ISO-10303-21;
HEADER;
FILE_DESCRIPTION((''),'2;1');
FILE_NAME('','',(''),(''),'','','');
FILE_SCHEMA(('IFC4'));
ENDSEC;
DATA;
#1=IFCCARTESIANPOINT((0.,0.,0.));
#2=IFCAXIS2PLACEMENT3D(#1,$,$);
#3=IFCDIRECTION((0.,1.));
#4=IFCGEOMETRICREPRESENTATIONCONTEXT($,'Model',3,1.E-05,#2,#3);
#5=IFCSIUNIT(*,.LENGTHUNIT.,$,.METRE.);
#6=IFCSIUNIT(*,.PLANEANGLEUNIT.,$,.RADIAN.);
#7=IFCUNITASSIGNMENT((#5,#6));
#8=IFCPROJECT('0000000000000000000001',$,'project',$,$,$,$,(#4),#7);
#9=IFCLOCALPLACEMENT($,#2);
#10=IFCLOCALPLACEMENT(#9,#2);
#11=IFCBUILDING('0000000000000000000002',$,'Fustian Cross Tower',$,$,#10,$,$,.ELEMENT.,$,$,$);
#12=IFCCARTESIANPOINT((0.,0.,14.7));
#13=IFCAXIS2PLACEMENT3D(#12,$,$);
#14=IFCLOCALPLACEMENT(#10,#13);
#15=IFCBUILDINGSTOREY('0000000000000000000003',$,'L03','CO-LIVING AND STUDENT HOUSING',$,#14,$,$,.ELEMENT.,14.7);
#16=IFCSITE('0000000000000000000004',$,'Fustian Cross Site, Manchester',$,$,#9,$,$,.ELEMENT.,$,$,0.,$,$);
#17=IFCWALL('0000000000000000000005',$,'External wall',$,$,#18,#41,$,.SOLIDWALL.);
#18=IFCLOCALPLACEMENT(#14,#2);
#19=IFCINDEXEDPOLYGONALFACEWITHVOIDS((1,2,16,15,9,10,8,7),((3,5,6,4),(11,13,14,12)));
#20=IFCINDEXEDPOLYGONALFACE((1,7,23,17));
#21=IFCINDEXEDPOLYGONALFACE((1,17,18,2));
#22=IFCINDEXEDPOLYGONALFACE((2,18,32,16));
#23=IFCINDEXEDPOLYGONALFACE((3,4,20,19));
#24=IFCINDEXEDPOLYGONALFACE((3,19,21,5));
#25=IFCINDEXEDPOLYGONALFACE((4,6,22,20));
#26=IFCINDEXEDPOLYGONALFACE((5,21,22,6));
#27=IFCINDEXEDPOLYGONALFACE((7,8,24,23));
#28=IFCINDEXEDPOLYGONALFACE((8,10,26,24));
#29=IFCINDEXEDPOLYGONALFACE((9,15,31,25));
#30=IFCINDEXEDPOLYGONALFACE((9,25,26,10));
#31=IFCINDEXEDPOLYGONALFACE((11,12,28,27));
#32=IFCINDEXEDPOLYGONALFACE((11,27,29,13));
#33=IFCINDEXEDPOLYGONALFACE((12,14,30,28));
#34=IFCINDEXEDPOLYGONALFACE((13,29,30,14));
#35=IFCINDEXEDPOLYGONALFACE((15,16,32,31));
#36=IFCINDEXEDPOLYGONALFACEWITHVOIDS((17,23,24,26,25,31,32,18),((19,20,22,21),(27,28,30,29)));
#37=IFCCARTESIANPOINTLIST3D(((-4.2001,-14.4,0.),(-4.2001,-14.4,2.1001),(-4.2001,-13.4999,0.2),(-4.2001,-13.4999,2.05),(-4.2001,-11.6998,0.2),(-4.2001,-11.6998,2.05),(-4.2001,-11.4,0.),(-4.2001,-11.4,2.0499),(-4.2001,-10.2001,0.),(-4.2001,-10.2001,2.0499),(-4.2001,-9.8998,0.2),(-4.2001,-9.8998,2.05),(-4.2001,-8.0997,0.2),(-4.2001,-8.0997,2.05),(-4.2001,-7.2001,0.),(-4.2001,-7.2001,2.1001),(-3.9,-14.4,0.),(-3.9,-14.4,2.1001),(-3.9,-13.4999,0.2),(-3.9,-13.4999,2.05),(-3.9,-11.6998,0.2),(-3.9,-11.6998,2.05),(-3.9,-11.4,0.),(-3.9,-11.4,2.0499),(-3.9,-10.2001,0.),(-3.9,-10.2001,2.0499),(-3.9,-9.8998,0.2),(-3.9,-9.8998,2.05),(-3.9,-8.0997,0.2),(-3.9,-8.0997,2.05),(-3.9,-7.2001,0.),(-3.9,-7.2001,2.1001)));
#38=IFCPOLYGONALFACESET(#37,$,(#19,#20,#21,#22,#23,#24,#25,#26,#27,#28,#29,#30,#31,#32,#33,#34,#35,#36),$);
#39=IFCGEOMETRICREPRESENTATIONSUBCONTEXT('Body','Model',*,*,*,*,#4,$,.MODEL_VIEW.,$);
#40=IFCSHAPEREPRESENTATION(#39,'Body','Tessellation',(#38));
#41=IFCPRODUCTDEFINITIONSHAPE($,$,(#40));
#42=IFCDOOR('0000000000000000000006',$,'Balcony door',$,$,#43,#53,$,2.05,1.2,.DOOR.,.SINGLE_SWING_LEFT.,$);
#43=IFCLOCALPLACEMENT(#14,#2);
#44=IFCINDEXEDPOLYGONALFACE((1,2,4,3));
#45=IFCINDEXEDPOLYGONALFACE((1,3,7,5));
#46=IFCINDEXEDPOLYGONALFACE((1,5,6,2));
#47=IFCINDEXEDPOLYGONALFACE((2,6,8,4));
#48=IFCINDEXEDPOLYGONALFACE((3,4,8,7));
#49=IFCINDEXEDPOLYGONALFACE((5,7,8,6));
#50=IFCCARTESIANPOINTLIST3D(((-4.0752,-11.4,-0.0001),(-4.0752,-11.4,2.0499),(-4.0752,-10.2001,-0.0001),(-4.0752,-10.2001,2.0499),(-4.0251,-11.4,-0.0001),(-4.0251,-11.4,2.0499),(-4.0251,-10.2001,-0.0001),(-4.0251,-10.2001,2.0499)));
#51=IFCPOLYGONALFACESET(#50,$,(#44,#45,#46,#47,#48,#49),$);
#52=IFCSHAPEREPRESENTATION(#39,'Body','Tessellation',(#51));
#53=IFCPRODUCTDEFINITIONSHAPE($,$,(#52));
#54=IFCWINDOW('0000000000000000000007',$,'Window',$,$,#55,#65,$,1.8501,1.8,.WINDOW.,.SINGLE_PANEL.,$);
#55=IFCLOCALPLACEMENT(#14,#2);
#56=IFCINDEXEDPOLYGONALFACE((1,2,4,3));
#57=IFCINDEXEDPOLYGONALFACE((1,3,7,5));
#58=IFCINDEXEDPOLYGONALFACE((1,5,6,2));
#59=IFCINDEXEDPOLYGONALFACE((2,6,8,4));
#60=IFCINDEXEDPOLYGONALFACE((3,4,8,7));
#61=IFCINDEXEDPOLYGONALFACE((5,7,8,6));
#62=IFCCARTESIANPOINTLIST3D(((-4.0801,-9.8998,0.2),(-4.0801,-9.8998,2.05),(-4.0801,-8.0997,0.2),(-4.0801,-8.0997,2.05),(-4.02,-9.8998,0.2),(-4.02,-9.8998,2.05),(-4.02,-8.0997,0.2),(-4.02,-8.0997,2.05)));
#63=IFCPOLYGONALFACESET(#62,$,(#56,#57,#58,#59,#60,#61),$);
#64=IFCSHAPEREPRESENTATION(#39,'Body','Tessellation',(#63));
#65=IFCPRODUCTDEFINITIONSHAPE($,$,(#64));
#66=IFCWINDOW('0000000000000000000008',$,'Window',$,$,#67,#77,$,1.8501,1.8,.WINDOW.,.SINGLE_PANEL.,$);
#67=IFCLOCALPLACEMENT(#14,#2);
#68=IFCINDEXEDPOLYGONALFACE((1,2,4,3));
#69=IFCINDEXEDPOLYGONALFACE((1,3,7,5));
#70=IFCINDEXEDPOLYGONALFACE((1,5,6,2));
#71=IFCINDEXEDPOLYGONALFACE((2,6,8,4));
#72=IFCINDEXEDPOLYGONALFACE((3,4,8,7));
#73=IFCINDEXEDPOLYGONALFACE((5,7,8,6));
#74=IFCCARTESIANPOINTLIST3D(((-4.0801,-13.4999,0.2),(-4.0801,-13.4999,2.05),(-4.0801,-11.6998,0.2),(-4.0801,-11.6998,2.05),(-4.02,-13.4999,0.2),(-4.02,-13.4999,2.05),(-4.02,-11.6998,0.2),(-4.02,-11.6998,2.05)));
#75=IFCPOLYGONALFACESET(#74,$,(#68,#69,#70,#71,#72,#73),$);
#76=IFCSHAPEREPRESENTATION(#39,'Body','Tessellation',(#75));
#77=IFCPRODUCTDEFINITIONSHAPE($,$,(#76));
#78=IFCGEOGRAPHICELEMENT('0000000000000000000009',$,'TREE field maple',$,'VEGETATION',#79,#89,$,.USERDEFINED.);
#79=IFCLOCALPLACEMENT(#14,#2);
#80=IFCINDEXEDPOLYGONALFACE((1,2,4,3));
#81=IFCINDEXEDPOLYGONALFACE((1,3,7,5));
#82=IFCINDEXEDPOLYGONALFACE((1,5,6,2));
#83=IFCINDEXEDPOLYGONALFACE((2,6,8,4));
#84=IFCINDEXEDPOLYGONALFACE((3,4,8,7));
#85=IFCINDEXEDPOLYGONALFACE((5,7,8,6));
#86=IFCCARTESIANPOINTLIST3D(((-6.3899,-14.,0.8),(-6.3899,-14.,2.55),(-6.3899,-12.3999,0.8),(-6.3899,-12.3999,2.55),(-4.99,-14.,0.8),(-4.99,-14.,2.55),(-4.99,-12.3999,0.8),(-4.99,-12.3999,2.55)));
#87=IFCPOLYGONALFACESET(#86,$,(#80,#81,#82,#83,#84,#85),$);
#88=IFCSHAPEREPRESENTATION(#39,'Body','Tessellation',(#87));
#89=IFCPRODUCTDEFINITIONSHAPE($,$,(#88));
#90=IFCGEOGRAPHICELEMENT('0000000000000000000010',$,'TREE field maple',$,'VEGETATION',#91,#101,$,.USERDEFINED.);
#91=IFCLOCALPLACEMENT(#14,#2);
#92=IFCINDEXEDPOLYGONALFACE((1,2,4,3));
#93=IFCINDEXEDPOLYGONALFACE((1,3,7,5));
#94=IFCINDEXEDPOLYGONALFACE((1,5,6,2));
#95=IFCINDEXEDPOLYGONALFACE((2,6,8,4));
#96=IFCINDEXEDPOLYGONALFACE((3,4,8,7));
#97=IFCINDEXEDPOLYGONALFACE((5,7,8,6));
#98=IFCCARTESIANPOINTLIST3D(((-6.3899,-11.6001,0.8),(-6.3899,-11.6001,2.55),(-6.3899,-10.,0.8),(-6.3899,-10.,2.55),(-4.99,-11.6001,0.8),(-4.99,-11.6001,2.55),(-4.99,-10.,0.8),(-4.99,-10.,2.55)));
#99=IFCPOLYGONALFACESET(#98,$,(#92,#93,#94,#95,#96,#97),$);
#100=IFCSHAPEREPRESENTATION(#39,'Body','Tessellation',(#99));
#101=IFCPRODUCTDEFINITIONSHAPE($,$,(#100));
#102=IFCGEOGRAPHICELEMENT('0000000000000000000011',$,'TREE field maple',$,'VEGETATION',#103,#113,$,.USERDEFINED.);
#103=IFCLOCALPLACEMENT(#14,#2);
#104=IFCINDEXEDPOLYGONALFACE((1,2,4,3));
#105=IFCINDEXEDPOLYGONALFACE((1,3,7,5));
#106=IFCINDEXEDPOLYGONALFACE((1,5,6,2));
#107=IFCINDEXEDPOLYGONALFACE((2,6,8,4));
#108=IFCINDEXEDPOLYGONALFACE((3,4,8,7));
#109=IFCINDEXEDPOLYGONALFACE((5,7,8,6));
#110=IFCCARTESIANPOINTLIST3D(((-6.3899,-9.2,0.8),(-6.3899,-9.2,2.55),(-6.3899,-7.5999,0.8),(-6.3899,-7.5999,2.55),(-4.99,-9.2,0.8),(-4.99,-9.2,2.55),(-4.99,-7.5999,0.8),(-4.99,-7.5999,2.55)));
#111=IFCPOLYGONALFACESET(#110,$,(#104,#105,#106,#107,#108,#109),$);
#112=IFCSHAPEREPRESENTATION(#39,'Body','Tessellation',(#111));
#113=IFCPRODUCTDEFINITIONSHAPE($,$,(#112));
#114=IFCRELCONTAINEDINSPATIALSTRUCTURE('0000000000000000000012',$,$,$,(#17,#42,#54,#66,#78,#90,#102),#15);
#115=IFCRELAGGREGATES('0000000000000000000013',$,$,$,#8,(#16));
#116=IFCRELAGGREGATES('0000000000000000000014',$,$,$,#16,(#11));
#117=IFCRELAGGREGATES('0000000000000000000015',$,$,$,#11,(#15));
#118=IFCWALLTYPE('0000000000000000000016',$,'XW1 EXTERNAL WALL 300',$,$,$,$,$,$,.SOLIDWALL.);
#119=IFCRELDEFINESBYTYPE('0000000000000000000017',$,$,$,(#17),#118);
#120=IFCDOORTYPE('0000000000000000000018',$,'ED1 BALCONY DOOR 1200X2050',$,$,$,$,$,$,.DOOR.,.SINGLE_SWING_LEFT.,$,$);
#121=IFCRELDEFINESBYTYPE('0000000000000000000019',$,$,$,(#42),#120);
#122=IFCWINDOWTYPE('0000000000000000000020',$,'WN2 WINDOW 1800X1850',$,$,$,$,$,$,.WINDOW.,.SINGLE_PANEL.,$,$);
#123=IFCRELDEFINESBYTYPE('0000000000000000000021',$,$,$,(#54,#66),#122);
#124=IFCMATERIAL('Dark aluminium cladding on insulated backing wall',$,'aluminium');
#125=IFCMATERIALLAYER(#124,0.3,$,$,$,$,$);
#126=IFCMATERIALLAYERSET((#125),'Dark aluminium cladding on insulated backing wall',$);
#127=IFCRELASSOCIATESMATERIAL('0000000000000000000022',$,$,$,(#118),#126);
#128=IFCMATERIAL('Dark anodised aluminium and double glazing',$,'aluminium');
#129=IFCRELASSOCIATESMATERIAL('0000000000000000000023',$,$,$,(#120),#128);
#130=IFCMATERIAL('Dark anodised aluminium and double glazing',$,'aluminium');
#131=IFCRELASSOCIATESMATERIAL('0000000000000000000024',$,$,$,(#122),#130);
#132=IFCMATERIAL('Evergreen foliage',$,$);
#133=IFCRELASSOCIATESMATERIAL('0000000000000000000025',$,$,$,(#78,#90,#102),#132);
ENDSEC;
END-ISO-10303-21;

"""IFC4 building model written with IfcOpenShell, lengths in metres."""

from ifc_helpers import new_model, si_unit, direction, frame, frame_2d, origin, origin_2d, place, context, subcontext, project, spatial, rectangle, extrude, material, layer, layer_set, type_object, element, fill, save


model = new_model("IFC4")

# Units and contexts
model_context = context("Model", 3, precision=1e-05, world=origin(), true_north=direction((0.0, 1.0)))
body_context = subcontext(model_context, "Body", "Model", "MODEL_VIEW")
ifc_project = project(units=[si_unit("LENGTHUNIT", "METRE"), si_unit("PLANEANGLEUNIT", "RADIAN")], contexts=[model_context])

# Site, building, storey
site_placement = place(None, origin())
site = spatial("IfcSite", under=ifc_project, at=site_placement, Name="Fustian Cross Site, Manchester", CompositionType="ELEMENT", RefElevation=0.0)
building_placement = place(site_placement, origin())
building = spatial("IfcBuilding", under=site, at=building_placement, Name="Fustian Cross Tower", CompositionType="ELEMENT")
storey_placement = place(building_placement, frame((0.0, 0.0, 14.7)))
storey = spatial("IfcBuildingStorey", under=building, at=storey_placement, Name="L03", Description="CO-LIVING AND STUDENT HOUSING", CompositionType="ELEMENT", Elevation=14.7)

# Shared definitions
ifc_material_1 = material(Name="Dark aluminium cladding on insulated backing wall", Category="aluminium")
ifc_layer_1 = layer(ifc_material_1, 0.3)
ifc_layer_set_1 = layer_set([ifc_layer_1], Name="Dark aluminium cladding on insulated backing wall")
wall_type_1 = type_object("IfcWallType", Name="XW1 EXTERNAL WALL 300", PredefinedType="SOLIDWALL", material=ifc_layer_set_1)

# Wall, openings, door, windows
wall_1_placement = place(storey_placement, frame((-4.05, -7.2, 0.0), z_axis=(0.0, 0.0, 1.0), x_axis=(0.0, -1.0, 0.0)))
wall_1 = element("IfcWall", 1, at=wall_1_placement, inside=storey, type_object=wall_type_1, Name="External wall", PredefinedType="SOLIDWALL", context=body_context, shape_type="SweptSolid", body=[
    extrude(rectangle(XDim=7.2, YDim=0.3, at=frame_2d((3.6001, 0.0))), origin(), (0.0, 0.0, 1.0), 2.1001),
])
opening_1_placement = place(wall_1_placement, frame((3.0, 0.0, 0.0)))
opening_1 = element("IfcOpeningElement", 2, at=opening_1_placement, cuts=wall_1, PredefinedType="OPENING", context=body_context, shape_type="SweptSolid", body=[
    extrude(rectangle(XDim=1.2, YDim=2.05, at=frame_2d((0.6001, 1.0249))), frame((0.0, 0.1599, 0.0), z_axis=(0.0, -1.0, 0.0), x_axis=(1.0, 0.0, 0.0)), (0.0, 0.0, 1.0), 0.3201),
])
opening_2_placement = place(wall_1_placement, frame((0.8999, 0.0, 0.2)))
opening_2 = element("IfcOpeningElement", 3, at=opening_2_placement, cuts=wall_1, PredefinedType="OPENING", context=body_context, shape_type="SweptSolid", body=[
    extrude(rectangle(XDim=1.8, YDim=1.8501, at=frame_2d((0.8999, 0.925))), frame((0.0, 0.1599, 0.0), z_axis=(0.0, -1.0, 0.0), x_axis=(1.0, 0.0, 0.0)), (0.0, 0.0, 1.0), 0.3201),
])
opening_3_placement = place(wall_1_placement, frame((4.5, 0.0, 0.2)))
opening_3 = element("IfcOpeningElement", 4, at=opening_3_placement, cuts=wall_1, PredefinedType="OPENING", context=body_context, shape_type="SweptSolid", body=[
    extrude(rectangle(XDim=1.8, YDim=1.8501, at=frame_2d((0.8999, 0.925))), frame((0.0, 0.1599, 0.0), z_axis=(0.0, -1.0, 0.0), x_axis=(1.0, 0.0, 0.0)), (0.0, 0.0, 1.0), 0.3201),
])
ifc_material_2 = material(Name="Dark anodised aluminium and double glazing", Category="aluminium")
door_type_1 = type_object("IfcDoorType", Name="ED1 BALCONY DOOR 1200X2050", OperationType="SINGLE_SWING_LEFT", PredefinedType="DOOR", material=ifc_material_2)
door_1_placement = place(opening_1_placement, origin())
door_1 = element("IfcDoor", 5, at=door_1_placement, inside=storey, type_object=door_type_1, Name="Balcony door", OperationType="SINGLE_SWING_LEFT", OverallHeight=2.05, OverallWidth=1.2, PredefinedType="DOOR", context=body_context, shape_type="SweptSolid", body=[
    extrude(rectangle(XDim=1.2, YDim=2.05, at=frame_2d((0.6001, 1.0249))), frame((0.0, 0.0249, 0.0), z_axis=(0.0, -1.0, 0.0), x_axis=(1.0, 0.0, 0.0)), (0.0, 0.0, 1.0), 0.05),
])
fill(opening_1, door_1)
ifc_material_3 = material(Name="Dark anodised aluminium and double glazing", Category="aluminium")
window_type = type_object("IfcWindowType", Name="WN2 WINDOW 1800X1850", PartitioningType="SINGLE_PANEL", PredefinedType="WINDOW", material=ifc_material_3)
window_1_placement = place(opening_2_placement, origin())
window_1 = element("IfcWindow", 6, at=window_1_placement, inside=storey, type_object=window_type, Name="Window", OverallHeight=1.8501, OverallWidth=1.8, PartitioningType="SINGLE_PANEL", PredefinedType="WINDOW", context=body_context, shape_type="SweptSolid", body=[
    extrude(rectangle(XDim=1.8, YDim=1.8501, at=frame_2d((0.8999, 0.925))), frame((0.0, 0.03, 0.0), z_axis=(0.0, -1.0, 0.0), x_axis=(1.0, 0.0, 0.0)), (0.0, 0.0, 1.0), 0.0601),
])
fill(opening_2, window_1)
window_2_placement = place(opening_3_placement, origin())
window_2 = element("IfcWindow", 7, at=window_2_placement, inside=storey, type_object=window_type, Name="Window", OverallHeight=1.8501, OverallWidth=1.8, PartitioningType="SINGLE_PANEL", PredefinedType="WINDOW", context=body_context, shape_type="SweptSolid", body=[
    extrude(rectangle(XDim=1.8, YDim=1.8501, at=frame_2d((0.8999, 0.925))), frame((0.0, 0.03, 0.0), z_axis=(0.0, -1.0, 0.0), x_axis=(1.0, 0.0, 0.0)), (0.0, 0.0, 1.0), 0.0601),
])
fill(opening_3, window_2)

# Geographic elements
ifc_material_4 = material(Name="Evergreen foliage")
for number, where, z_axis, x_axis, name in (
    (8, (-5.6899, -13.2, 0.8), (0.0, 0.0, 1.0), (1.0, 0.0, 0.0), "TREE field maple"),
    (9, (-5.6899, -10.8, 0.8), (0.0, 0.0, 1.0), (1.0, 0.0, 0.0), "TREE field maple"),
    (10, (-5.6899, -8.3999, 0.8), (0.0, 0.0, 1.0), (1.0, 0.0, 0.0), "TREE field maple"),
):
    element("IfcGeographicElement", number, at=place(storey_placement, frame(where, z_axis=z_axis, x_axis=x_axis)), inside=storey, material=ifc_material_4, Name=name, ObjectType="VEGETATION", PredefinedType="USERDEFINED", context=body_context, shape_type="SweptSolid", body=[
        extrude(rectangle(XDim=1.3999, YDim=1.6001, at=origin_2d()), origin(), (0.0, 0.0, 1.0), 1.75),
    ])

save(model, "model.ifc")
